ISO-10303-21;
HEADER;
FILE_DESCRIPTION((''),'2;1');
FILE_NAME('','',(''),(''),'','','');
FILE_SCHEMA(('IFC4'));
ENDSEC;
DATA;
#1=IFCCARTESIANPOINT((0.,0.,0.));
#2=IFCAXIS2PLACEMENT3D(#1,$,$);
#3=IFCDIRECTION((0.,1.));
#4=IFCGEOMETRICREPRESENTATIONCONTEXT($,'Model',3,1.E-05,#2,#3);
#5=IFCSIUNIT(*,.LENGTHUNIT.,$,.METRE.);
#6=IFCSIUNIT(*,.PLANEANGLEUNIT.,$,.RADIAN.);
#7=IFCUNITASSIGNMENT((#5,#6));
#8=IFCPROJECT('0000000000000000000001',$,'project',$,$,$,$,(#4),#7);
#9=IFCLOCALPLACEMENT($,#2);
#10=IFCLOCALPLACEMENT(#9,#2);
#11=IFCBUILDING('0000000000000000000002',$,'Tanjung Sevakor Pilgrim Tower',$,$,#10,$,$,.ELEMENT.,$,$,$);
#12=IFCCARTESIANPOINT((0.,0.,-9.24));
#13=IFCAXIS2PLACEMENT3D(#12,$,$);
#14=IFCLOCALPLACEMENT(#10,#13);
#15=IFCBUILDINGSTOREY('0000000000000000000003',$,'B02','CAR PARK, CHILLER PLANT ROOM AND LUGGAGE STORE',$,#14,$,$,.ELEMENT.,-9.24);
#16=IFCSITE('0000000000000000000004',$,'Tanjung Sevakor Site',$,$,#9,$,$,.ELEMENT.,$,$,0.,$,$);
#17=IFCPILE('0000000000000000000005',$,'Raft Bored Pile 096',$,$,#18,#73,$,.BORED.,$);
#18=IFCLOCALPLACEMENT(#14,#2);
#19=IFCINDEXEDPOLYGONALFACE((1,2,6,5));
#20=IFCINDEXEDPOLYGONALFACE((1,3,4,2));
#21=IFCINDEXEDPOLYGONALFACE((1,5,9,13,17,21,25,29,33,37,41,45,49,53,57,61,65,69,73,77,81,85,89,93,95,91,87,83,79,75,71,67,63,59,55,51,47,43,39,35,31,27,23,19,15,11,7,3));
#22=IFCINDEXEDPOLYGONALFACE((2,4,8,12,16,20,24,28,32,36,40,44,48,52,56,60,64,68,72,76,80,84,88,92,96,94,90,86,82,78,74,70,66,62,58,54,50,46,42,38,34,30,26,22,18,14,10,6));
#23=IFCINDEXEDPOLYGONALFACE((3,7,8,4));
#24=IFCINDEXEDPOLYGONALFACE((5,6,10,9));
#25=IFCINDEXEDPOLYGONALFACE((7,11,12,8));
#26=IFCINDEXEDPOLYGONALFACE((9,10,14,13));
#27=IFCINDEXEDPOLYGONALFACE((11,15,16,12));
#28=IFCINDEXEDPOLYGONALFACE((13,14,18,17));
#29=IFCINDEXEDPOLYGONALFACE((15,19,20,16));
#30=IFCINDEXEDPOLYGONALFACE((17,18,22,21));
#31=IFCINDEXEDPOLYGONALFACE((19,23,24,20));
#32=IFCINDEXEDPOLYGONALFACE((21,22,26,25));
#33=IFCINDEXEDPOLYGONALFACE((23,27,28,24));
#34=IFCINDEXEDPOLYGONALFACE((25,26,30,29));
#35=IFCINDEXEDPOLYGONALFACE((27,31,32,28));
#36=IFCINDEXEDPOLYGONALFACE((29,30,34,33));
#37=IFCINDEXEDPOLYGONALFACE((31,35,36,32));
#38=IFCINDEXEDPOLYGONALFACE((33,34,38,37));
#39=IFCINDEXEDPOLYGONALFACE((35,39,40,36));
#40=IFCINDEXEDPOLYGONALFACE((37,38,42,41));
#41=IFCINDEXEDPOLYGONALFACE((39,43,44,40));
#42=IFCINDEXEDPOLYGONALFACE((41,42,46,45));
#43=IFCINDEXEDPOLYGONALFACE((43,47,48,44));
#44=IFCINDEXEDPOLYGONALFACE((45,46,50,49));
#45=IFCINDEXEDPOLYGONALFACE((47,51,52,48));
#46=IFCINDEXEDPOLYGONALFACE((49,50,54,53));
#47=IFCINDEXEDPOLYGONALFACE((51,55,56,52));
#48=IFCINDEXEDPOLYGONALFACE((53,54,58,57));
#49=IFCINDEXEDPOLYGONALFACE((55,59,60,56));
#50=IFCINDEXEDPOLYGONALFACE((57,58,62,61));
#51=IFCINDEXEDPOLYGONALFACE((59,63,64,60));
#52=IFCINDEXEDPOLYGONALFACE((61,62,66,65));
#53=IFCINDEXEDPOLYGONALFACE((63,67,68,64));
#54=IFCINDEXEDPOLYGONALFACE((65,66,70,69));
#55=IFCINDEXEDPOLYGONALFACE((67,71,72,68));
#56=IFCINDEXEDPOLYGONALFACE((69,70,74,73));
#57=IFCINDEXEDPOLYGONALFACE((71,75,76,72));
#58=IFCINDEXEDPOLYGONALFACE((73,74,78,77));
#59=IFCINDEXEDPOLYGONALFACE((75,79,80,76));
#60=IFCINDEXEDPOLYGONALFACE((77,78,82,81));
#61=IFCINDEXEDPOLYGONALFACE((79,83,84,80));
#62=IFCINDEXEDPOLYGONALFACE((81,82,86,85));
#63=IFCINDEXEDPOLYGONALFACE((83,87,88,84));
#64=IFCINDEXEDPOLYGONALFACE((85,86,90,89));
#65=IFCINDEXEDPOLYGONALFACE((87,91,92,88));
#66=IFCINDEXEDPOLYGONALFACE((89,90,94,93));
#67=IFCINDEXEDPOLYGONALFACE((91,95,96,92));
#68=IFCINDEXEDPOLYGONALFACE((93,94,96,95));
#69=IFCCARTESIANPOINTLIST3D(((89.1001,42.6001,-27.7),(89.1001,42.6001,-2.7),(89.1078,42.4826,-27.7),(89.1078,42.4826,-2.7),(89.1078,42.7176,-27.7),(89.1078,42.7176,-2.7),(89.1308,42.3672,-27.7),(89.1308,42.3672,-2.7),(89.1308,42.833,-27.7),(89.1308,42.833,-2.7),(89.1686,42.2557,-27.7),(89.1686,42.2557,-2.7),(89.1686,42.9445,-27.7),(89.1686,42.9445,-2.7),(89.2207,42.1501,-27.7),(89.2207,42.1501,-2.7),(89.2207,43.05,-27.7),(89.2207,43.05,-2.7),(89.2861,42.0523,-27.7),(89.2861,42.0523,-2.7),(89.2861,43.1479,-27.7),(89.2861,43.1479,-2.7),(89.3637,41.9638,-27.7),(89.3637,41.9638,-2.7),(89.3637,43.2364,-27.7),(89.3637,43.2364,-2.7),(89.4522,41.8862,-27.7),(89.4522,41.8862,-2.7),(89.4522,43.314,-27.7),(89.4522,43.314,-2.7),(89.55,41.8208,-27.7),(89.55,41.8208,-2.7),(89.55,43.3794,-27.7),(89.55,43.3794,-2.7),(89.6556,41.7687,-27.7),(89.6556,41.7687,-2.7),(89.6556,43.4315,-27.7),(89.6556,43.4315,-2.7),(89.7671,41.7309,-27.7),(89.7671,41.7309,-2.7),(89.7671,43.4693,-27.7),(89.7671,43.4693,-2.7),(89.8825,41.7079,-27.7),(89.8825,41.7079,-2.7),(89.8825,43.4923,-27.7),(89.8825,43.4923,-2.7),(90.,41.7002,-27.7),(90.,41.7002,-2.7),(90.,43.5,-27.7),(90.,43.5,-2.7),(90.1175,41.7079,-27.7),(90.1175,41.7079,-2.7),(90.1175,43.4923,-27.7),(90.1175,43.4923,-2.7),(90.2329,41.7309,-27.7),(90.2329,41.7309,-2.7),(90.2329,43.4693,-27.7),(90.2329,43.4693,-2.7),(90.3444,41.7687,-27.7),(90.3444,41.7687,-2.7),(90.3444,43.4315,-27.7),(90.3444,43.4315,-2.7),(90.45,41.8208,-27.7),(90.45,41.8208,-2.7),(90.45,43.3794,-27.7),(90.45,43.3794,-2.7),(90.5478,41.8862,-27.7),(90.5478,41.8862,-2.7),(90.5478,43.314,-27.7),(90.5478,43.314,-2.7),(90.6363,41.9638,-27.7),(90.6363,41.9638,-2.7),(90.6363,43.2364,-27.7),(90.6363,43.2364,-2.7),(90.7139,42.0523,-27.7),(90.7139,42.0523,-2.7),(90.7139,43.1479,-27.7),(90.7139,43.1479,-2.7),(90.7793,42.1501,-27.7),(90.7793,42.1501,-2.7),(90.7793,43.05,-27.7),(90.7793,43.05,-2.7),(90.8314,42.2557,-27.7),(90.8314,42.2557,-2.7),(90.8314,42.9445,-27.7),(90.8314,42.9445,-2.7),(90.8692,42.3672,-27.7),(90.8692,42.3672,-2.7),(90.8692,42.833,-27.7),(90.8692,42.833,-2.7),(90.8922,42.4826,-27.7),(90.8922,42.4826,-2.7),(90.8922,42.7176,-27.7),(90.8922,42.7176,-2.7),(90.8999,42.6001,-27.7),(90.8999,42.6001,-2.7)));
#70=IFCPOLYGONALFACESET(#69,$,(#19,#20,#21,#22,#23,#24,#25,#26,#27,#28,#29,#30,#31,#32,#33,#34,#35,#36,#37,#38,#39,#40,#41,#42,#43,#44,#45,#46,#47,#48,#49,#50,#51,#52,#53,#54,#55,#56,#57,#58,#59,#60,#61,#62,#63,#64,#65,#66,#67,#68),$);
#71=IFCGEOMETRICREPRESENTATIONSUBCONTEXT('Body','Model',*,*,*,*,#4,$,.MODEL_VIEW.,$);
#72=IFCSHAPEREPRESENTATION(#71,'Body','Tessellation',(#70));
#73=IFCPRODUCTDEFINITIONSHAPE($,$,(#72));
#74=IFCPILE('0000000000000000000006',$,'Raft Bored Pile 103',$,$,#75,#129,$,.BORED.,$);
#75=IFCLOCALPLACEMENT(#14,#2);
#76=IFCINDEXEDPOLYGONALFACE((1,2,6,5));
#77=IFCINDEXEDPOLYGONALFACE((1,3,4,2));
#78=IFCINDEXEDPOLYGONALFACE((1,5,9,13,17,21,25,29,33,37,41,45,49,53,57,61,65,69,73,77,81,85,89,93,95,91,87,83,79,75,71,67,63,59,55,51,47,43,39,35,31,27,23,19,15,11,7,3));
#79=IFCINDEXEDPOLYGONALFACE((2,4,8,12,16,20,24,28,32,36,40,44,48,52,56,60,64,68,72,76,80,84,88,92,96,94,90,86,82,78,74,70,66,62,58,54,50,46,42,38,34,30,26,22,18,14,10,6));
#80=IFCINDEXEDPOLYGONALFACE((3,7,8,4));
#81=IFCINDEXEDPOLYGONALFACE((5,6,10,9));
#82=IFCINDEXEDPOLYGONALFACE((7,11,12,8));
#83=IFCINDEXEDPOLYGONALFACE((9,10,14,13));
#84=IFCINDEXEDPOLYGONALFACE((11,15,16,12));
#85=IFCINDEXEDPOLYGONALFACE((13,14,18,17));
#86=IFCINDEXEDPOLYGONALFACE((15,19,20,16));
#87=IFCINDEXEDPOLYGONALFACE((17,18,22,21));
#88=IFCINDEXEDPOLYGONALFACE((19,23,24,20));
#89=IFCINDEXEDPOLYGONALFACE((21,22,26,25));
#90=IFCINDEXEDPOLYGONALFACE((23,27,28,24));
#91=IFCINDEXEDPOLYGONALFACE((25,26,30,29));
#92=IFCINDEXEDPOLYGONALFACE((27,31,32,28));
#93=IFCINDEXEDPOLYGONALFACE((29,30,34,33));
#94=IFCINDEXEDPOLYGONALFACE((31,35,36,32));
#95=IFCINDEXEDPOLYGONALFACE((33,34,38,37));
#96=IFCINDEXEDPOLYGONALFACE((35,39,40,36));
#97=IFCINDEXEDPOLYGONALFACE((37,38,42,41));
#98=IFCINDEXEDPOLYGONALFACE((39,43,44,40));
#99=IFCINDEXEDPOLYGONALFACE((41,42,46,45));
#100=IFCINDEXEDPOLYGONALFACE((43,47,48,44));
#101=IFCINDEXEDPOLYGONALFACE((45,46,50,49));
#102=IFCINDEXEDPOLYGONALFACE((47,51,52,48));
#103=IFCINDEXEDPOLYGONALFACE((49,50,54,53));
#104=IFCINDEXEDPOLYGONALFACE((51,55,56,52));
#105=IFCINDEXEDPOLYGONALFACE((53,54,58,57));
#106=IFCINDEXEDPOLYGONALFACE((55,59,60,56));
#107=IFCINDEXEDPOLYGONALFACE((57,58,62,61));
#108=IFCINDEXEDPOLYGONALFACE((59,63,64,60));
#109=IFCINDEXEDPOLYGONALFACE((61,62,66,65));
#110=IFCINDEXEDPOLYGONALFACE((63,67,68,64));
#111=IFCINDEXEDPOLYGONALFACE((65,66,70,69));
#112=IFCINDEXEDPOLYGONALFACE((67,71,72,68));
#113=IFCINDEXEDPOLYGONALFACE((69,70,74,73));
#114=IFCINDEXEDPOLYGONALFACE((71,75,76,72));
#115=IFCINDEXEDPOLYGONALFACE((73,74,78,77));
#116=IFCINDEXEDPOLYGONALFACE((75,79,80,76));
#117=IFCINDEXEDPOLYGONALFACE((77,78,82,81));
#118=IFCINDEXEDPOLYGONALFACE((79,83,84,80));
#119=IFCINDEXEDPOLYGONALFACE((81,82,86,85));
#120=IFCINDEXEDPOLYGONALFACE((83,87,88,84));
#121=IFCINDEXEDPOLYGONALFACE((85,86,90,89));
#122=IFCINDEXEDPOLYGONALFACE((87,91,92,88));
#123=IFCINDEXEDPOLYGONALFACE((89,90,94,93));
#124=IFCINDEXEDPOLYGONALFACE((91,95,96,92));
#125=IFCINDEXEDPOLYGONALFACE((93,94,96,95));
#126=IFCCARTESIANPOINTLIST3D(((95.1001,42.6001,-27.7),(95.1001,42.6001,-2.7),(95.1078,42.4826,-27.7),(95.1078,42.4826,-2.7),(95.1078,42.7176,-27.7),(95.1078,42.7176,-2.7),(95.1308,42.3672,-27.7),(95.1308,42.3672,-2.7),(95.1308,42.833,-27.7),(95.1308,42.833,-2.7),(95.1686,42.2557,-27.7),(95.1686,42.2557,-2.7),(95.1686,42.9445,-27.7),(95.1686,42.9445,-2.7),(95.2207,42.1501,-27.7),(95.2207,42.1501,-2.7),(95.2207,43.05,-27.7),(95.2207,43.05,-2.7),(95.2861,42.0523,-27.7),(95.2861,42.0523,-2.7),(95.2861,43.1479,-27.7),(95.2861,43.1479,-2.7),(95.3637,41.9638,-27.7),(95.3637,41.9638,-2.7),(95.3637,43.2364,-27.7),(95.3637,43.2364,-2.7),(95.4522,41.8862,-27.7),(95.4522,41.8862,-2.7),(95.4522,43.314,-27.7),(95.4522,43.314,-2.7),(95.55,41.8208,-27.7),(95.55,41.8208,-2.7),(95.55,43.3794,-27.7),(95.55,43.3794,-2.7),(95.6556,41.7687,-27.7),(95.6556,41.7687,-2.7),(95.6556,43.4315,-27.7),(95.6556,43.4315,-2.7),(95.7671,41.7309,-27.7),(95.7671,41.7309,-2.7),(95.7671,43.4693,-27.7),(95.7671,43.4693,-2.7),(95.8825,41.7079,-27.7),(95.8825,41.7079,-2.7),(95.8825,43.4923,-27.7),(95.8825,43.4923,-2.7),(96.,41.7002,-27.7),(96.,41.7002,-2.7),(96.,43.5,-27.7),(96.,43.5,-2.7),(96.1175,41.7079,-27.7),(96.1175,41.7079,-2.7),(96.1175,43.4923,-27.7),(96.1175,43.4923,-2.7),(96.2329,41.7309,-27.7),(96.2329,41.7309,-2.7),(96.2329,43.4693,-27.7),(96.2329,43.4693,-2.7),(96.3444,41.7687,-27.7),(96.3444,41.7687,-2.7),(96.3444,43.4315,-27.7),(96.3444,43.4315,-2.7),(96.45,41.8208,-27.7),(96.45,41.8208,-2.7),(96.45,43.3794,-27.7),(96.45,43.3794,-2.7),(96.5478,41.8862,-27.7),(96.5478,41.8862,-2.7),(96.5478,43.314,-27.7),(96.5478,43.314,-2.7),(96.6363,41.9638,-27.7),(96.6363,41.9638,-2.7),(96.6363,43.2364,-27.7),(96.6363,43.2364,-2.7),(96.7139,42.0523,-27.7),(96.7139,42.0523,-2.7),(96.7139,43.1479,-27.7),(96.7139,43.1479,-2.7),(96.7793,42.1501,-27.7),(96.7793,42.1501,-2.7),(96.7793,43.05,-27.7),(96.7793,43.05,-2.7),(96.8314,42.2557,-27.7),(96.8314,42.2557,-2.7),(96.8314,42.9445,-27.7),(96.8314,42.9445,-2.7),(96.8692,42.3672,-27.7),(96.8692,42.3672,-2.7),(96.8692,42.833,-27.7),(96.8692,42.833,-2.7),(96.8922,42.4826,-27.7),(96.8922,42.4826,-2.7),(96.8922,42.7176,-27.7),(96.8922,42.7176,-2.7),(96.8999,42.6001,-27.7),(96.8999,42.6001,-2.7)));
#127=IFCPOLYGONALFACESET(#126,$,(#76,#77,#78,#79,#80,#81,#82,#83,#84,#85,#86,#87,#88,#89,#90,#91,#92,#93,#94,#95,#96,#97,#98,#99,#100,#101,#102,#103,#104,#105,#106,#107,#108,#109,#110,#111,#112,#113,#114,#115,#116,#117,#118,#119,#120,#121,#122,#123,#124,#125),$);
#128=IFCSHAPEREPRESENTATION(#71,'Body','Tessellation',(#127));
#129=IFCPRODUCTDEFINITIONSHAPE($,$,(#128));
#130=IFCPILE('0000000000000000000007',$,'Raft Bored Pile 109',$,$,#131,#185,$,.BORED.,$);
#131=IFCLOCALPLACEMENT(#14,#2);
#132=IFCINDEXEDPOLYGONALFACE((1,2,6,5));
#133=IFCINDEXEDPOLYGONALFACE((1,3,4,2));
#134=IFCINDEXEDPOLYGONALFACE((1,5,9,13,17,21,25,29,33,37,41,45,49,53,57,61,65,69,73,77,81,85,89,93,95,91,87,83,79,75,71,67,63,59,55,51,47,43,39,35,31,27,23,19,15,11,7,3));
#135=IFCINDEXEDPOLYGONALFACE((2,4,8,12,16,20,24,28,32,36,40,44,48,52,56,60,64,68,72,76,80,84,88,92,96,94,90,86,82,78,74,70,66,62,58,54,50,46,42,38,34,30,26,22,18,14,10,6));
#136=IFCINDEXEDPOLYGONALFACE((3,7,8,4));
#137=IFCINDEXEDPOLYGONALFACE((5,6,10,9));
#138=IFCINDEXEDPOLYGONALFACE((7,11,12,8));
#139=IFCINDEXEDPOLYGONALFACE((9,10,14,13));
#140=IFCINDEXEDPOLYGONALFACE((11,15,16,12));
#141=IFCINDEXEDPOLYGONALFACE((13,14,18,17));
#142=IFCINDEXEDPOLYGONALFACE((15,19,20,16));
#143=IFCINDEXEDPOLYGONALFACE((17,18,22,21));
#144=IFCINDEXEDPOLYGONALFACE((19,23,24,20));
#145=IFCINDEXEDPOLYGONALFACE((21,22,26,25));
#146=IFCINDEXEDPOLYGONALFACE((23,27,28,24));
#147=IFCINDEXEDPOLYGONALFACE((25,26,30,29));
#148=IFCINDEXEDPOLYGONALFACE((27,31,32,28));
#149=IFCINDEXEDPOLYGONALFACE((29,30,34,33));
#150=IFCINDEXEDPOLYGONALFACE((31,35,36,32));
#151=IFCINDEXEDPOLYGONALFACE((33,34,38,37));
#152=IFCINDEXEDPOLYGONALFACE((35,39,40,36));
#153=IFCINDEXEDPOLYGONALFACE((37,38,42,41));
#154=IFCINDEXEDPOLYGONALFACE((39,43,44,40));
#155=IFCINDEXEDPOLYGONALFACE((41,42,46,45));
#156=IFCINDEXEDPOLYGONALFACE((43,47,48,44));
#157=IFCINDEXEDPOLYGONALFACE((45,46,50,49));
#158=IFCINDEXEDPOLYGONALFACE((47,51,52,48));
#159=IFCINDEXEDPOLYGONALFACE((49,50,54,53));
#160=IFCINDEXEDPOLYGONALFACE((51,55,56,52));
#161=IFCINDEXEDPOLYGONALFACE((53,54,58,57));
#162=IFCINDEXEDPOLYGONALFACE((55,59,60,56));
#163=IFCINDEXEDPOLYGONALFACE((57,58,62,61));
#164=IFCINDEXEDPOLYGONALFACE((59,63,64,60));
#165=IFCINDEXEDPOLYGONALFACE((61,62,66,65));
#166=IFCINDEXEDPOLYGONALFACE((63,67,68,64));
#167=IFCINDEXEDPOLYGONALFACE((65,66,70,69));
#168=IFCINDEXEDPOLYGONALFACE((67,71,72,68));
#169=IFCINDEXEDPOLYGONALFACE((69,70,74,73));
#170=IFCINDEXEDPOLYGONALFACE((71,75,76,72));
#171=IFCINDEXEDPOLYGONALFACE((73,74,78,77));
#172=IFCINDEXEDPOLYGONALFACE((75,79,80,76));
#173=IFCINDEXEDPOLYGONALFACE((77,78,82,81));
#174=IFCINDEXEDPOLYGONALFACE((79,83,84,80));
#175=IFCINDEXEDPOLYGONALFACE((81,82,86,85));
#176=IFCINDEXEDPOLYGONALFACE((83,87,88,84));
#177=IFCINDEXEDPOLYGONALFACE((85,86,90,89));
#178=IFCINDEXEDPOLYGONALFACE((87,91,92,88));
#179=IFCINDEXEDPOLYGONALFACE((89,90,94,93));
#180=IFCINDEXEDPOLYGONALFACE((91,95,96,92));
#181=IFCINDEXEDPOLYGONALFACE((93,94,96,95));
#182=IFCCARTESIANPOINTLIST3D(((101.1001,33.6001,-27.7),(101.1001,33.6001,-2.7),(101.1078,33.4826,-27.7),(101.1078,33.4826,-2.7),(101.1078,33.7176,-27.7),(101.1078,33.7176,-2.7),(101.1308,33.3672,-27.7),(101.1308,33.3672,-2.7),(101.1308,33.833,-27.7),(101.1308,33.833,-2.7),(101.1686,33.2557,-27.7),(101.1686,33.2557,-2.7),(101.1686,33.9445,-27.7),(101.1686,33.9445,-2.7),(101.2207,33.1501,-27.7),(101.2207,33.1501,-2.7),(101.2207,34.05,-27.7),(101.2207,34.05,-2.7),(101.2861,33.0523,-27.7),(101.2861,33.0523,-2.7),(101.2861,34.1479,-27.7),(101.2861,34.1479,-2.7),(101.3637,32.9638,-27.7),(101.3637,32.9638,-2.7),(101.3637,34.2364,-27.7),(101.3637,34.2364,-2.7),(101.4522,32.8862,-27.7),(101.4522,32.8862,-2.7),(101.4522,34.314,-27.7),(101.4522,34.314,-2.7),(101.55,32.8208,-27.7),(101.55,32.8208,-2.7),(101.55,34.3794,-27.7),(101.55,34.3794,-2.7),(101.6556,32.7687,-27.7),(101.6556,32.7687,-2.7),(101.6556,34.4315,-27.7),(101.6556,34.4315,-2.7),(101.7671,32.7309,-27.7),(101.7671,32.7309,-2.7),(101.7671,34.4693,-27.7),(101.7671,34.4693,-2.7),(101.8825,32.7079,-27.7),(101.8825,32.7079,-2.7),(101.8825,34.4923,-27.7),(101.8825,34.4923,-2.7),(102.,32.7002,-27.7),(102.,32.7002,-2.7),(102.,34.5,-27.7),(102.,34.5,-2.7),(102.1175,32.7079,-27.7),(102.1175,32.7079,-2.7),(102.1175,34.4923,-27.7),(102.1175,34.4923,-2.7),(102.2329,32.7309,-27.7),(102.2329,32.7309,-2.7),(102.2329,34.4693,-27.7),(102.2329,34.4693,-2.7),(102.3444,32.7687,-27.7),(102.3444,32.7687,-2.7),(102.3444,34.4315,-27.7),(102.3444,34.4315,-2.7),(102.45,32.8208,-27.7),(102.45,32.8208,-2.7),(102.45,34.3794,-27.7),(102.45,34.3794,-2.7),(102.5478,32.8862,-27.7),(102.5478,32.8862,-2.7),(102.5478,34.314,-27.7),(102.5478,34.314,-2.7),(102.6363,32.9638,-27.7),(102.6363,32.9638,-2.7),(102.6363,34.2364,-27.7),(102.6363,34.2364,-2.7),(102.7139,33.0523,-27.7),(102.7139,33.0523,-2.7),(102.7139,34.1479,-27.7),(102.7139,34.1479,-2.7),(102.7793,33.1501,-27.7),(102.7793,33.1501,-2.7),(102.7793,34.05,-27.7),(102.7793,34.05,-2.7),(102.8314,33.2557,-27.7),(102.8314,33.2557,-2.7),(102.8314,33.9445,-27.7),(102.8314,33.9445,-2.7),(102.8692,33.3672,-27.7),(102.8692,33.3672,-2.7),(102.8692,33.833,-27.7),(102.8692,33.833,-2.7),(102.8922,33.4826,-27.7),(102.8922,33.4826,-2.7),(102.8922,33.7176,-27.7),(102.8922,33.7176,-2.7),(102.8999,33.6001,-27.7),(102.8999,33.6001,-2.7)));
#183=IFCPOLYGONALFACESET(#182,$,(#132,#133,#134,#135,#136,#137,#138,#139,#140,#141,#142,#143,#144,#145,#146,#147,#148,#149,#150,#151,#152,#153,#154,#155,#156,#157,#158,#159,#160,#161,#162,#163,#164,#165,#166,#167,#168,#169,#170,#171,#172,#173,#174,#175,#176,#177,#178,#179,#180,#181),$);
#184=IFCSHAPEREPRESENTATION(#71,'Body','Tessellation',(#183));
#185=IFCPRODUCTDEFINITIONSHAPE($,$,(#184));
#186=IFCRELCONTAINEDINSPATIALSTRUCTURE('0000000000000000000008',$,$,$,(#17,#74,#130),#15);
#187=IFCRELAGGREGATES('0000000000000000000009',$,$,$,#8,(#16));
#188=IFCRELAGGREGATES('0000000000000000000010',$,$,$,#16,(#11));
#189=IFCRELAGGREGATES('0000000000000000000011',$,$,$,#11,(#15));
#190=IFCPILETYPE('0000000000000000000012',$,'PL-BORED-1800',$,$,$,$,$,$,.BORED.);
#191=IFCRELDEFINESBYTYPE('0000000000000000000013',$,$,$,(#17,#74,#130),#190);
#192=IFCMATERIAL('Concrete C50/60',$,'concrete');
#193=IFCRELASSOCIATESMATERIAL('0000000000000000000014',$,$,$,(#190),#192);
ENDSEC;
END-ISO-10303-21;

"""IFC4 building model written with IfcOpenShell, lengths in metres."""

from ifc_helpers import new_model, si_unit, direction, frame, origin, origin_2d, place, context, subcontext, project, spatial, circle, extrude, material, material_profile, profile_set, type_object, element, save


model = new_model("IFC4")

# Units and contexts
model_context = context("Model", 3, precision=1e-05, world=origin(), true_north=direction((0.0, 1.0)))
body_context = subcontext(model_context, "Body", "Model", "MODEL_VIEW")
ifc_project = project(units=[si_unit("LENGTHUNIT", "METRE"), si_unit("PLANEANGLEUNIT", "RADIAN")], contexts=[model_context])

# Site, building, storey
site_placement = place(None, origin())
site = spatial("IfcSite", under=ifc_project, at=site_placement, Name="Tanjung Sevakor Site", CompositionType="ELEMENT", RefElevation=0.0)
building_placement = place(site_placement, origin())
building = spatial("IfcBuilding", under=site, at=building_placement, Name="Tanjung Sevakor Pilgrim Tower", CompositionType="ELEMENT")
storey_placement = place(building_placement, frame((0.0, 0.0, -9.24)))
storey = spatial("IfcBuildingStorey", under=building, at=storey_placement, Name="B02", Description="CAR PARK, CHILLER PLANT ROOM AND LUGGAGE STORE", CompositionType="ELEMENT", Elevation=-9.24)

# Piles
ifc_material_1 = material(Name="Concrete C50/60", Category="concrete")
ifc_material_profile_1 = material_profile(ifc_material_1, circle(Radius=0.8999, at=origin_2d()))
ifc_profile_set_1 = profile_set([ifc_material_profile_1], Name="Concrete C50/60")
pile_type_1 = type_object("IfcPileType", Name="PL-BORED-1800", PredefinedType="BORED", material=ifc_profile_set_1)
for number, where, z_axis, x_axis, name in (
    (1, (90.0, 42.6001, -2.7), (0.0, 0.0, -1.0), (1.0, 0.0, 0.0), "Raft Bored Pile 096"),
    (2, (96.0, 42.6001, -2.7), (0.0, 0.0, -1.0), (1.0, 0.0, 0.0), "Raft Bored Pile 103"),
    (3, (102.0, 33.6001, -2.7), (0.0, 0.0, -1.0), (1.0, 0.0, 0.0), "Raft Bored Pile 109"),
):
    element("IfcPile", number, at=place(storey_placement, frame(where, z_axis=z_axis, x_axis=x_axis)), inside=storey, type_object=pile_type_1, Name=name, PredefinedType="BORED", context=body_context, shape_type="SweptSolid", body=[
        extrude(circle(Radius=0.8999, at=origin_2d()), origin(), (0.0, 0.0, 1.0), 25.0),
    ])

save(model, "model.ifc")
